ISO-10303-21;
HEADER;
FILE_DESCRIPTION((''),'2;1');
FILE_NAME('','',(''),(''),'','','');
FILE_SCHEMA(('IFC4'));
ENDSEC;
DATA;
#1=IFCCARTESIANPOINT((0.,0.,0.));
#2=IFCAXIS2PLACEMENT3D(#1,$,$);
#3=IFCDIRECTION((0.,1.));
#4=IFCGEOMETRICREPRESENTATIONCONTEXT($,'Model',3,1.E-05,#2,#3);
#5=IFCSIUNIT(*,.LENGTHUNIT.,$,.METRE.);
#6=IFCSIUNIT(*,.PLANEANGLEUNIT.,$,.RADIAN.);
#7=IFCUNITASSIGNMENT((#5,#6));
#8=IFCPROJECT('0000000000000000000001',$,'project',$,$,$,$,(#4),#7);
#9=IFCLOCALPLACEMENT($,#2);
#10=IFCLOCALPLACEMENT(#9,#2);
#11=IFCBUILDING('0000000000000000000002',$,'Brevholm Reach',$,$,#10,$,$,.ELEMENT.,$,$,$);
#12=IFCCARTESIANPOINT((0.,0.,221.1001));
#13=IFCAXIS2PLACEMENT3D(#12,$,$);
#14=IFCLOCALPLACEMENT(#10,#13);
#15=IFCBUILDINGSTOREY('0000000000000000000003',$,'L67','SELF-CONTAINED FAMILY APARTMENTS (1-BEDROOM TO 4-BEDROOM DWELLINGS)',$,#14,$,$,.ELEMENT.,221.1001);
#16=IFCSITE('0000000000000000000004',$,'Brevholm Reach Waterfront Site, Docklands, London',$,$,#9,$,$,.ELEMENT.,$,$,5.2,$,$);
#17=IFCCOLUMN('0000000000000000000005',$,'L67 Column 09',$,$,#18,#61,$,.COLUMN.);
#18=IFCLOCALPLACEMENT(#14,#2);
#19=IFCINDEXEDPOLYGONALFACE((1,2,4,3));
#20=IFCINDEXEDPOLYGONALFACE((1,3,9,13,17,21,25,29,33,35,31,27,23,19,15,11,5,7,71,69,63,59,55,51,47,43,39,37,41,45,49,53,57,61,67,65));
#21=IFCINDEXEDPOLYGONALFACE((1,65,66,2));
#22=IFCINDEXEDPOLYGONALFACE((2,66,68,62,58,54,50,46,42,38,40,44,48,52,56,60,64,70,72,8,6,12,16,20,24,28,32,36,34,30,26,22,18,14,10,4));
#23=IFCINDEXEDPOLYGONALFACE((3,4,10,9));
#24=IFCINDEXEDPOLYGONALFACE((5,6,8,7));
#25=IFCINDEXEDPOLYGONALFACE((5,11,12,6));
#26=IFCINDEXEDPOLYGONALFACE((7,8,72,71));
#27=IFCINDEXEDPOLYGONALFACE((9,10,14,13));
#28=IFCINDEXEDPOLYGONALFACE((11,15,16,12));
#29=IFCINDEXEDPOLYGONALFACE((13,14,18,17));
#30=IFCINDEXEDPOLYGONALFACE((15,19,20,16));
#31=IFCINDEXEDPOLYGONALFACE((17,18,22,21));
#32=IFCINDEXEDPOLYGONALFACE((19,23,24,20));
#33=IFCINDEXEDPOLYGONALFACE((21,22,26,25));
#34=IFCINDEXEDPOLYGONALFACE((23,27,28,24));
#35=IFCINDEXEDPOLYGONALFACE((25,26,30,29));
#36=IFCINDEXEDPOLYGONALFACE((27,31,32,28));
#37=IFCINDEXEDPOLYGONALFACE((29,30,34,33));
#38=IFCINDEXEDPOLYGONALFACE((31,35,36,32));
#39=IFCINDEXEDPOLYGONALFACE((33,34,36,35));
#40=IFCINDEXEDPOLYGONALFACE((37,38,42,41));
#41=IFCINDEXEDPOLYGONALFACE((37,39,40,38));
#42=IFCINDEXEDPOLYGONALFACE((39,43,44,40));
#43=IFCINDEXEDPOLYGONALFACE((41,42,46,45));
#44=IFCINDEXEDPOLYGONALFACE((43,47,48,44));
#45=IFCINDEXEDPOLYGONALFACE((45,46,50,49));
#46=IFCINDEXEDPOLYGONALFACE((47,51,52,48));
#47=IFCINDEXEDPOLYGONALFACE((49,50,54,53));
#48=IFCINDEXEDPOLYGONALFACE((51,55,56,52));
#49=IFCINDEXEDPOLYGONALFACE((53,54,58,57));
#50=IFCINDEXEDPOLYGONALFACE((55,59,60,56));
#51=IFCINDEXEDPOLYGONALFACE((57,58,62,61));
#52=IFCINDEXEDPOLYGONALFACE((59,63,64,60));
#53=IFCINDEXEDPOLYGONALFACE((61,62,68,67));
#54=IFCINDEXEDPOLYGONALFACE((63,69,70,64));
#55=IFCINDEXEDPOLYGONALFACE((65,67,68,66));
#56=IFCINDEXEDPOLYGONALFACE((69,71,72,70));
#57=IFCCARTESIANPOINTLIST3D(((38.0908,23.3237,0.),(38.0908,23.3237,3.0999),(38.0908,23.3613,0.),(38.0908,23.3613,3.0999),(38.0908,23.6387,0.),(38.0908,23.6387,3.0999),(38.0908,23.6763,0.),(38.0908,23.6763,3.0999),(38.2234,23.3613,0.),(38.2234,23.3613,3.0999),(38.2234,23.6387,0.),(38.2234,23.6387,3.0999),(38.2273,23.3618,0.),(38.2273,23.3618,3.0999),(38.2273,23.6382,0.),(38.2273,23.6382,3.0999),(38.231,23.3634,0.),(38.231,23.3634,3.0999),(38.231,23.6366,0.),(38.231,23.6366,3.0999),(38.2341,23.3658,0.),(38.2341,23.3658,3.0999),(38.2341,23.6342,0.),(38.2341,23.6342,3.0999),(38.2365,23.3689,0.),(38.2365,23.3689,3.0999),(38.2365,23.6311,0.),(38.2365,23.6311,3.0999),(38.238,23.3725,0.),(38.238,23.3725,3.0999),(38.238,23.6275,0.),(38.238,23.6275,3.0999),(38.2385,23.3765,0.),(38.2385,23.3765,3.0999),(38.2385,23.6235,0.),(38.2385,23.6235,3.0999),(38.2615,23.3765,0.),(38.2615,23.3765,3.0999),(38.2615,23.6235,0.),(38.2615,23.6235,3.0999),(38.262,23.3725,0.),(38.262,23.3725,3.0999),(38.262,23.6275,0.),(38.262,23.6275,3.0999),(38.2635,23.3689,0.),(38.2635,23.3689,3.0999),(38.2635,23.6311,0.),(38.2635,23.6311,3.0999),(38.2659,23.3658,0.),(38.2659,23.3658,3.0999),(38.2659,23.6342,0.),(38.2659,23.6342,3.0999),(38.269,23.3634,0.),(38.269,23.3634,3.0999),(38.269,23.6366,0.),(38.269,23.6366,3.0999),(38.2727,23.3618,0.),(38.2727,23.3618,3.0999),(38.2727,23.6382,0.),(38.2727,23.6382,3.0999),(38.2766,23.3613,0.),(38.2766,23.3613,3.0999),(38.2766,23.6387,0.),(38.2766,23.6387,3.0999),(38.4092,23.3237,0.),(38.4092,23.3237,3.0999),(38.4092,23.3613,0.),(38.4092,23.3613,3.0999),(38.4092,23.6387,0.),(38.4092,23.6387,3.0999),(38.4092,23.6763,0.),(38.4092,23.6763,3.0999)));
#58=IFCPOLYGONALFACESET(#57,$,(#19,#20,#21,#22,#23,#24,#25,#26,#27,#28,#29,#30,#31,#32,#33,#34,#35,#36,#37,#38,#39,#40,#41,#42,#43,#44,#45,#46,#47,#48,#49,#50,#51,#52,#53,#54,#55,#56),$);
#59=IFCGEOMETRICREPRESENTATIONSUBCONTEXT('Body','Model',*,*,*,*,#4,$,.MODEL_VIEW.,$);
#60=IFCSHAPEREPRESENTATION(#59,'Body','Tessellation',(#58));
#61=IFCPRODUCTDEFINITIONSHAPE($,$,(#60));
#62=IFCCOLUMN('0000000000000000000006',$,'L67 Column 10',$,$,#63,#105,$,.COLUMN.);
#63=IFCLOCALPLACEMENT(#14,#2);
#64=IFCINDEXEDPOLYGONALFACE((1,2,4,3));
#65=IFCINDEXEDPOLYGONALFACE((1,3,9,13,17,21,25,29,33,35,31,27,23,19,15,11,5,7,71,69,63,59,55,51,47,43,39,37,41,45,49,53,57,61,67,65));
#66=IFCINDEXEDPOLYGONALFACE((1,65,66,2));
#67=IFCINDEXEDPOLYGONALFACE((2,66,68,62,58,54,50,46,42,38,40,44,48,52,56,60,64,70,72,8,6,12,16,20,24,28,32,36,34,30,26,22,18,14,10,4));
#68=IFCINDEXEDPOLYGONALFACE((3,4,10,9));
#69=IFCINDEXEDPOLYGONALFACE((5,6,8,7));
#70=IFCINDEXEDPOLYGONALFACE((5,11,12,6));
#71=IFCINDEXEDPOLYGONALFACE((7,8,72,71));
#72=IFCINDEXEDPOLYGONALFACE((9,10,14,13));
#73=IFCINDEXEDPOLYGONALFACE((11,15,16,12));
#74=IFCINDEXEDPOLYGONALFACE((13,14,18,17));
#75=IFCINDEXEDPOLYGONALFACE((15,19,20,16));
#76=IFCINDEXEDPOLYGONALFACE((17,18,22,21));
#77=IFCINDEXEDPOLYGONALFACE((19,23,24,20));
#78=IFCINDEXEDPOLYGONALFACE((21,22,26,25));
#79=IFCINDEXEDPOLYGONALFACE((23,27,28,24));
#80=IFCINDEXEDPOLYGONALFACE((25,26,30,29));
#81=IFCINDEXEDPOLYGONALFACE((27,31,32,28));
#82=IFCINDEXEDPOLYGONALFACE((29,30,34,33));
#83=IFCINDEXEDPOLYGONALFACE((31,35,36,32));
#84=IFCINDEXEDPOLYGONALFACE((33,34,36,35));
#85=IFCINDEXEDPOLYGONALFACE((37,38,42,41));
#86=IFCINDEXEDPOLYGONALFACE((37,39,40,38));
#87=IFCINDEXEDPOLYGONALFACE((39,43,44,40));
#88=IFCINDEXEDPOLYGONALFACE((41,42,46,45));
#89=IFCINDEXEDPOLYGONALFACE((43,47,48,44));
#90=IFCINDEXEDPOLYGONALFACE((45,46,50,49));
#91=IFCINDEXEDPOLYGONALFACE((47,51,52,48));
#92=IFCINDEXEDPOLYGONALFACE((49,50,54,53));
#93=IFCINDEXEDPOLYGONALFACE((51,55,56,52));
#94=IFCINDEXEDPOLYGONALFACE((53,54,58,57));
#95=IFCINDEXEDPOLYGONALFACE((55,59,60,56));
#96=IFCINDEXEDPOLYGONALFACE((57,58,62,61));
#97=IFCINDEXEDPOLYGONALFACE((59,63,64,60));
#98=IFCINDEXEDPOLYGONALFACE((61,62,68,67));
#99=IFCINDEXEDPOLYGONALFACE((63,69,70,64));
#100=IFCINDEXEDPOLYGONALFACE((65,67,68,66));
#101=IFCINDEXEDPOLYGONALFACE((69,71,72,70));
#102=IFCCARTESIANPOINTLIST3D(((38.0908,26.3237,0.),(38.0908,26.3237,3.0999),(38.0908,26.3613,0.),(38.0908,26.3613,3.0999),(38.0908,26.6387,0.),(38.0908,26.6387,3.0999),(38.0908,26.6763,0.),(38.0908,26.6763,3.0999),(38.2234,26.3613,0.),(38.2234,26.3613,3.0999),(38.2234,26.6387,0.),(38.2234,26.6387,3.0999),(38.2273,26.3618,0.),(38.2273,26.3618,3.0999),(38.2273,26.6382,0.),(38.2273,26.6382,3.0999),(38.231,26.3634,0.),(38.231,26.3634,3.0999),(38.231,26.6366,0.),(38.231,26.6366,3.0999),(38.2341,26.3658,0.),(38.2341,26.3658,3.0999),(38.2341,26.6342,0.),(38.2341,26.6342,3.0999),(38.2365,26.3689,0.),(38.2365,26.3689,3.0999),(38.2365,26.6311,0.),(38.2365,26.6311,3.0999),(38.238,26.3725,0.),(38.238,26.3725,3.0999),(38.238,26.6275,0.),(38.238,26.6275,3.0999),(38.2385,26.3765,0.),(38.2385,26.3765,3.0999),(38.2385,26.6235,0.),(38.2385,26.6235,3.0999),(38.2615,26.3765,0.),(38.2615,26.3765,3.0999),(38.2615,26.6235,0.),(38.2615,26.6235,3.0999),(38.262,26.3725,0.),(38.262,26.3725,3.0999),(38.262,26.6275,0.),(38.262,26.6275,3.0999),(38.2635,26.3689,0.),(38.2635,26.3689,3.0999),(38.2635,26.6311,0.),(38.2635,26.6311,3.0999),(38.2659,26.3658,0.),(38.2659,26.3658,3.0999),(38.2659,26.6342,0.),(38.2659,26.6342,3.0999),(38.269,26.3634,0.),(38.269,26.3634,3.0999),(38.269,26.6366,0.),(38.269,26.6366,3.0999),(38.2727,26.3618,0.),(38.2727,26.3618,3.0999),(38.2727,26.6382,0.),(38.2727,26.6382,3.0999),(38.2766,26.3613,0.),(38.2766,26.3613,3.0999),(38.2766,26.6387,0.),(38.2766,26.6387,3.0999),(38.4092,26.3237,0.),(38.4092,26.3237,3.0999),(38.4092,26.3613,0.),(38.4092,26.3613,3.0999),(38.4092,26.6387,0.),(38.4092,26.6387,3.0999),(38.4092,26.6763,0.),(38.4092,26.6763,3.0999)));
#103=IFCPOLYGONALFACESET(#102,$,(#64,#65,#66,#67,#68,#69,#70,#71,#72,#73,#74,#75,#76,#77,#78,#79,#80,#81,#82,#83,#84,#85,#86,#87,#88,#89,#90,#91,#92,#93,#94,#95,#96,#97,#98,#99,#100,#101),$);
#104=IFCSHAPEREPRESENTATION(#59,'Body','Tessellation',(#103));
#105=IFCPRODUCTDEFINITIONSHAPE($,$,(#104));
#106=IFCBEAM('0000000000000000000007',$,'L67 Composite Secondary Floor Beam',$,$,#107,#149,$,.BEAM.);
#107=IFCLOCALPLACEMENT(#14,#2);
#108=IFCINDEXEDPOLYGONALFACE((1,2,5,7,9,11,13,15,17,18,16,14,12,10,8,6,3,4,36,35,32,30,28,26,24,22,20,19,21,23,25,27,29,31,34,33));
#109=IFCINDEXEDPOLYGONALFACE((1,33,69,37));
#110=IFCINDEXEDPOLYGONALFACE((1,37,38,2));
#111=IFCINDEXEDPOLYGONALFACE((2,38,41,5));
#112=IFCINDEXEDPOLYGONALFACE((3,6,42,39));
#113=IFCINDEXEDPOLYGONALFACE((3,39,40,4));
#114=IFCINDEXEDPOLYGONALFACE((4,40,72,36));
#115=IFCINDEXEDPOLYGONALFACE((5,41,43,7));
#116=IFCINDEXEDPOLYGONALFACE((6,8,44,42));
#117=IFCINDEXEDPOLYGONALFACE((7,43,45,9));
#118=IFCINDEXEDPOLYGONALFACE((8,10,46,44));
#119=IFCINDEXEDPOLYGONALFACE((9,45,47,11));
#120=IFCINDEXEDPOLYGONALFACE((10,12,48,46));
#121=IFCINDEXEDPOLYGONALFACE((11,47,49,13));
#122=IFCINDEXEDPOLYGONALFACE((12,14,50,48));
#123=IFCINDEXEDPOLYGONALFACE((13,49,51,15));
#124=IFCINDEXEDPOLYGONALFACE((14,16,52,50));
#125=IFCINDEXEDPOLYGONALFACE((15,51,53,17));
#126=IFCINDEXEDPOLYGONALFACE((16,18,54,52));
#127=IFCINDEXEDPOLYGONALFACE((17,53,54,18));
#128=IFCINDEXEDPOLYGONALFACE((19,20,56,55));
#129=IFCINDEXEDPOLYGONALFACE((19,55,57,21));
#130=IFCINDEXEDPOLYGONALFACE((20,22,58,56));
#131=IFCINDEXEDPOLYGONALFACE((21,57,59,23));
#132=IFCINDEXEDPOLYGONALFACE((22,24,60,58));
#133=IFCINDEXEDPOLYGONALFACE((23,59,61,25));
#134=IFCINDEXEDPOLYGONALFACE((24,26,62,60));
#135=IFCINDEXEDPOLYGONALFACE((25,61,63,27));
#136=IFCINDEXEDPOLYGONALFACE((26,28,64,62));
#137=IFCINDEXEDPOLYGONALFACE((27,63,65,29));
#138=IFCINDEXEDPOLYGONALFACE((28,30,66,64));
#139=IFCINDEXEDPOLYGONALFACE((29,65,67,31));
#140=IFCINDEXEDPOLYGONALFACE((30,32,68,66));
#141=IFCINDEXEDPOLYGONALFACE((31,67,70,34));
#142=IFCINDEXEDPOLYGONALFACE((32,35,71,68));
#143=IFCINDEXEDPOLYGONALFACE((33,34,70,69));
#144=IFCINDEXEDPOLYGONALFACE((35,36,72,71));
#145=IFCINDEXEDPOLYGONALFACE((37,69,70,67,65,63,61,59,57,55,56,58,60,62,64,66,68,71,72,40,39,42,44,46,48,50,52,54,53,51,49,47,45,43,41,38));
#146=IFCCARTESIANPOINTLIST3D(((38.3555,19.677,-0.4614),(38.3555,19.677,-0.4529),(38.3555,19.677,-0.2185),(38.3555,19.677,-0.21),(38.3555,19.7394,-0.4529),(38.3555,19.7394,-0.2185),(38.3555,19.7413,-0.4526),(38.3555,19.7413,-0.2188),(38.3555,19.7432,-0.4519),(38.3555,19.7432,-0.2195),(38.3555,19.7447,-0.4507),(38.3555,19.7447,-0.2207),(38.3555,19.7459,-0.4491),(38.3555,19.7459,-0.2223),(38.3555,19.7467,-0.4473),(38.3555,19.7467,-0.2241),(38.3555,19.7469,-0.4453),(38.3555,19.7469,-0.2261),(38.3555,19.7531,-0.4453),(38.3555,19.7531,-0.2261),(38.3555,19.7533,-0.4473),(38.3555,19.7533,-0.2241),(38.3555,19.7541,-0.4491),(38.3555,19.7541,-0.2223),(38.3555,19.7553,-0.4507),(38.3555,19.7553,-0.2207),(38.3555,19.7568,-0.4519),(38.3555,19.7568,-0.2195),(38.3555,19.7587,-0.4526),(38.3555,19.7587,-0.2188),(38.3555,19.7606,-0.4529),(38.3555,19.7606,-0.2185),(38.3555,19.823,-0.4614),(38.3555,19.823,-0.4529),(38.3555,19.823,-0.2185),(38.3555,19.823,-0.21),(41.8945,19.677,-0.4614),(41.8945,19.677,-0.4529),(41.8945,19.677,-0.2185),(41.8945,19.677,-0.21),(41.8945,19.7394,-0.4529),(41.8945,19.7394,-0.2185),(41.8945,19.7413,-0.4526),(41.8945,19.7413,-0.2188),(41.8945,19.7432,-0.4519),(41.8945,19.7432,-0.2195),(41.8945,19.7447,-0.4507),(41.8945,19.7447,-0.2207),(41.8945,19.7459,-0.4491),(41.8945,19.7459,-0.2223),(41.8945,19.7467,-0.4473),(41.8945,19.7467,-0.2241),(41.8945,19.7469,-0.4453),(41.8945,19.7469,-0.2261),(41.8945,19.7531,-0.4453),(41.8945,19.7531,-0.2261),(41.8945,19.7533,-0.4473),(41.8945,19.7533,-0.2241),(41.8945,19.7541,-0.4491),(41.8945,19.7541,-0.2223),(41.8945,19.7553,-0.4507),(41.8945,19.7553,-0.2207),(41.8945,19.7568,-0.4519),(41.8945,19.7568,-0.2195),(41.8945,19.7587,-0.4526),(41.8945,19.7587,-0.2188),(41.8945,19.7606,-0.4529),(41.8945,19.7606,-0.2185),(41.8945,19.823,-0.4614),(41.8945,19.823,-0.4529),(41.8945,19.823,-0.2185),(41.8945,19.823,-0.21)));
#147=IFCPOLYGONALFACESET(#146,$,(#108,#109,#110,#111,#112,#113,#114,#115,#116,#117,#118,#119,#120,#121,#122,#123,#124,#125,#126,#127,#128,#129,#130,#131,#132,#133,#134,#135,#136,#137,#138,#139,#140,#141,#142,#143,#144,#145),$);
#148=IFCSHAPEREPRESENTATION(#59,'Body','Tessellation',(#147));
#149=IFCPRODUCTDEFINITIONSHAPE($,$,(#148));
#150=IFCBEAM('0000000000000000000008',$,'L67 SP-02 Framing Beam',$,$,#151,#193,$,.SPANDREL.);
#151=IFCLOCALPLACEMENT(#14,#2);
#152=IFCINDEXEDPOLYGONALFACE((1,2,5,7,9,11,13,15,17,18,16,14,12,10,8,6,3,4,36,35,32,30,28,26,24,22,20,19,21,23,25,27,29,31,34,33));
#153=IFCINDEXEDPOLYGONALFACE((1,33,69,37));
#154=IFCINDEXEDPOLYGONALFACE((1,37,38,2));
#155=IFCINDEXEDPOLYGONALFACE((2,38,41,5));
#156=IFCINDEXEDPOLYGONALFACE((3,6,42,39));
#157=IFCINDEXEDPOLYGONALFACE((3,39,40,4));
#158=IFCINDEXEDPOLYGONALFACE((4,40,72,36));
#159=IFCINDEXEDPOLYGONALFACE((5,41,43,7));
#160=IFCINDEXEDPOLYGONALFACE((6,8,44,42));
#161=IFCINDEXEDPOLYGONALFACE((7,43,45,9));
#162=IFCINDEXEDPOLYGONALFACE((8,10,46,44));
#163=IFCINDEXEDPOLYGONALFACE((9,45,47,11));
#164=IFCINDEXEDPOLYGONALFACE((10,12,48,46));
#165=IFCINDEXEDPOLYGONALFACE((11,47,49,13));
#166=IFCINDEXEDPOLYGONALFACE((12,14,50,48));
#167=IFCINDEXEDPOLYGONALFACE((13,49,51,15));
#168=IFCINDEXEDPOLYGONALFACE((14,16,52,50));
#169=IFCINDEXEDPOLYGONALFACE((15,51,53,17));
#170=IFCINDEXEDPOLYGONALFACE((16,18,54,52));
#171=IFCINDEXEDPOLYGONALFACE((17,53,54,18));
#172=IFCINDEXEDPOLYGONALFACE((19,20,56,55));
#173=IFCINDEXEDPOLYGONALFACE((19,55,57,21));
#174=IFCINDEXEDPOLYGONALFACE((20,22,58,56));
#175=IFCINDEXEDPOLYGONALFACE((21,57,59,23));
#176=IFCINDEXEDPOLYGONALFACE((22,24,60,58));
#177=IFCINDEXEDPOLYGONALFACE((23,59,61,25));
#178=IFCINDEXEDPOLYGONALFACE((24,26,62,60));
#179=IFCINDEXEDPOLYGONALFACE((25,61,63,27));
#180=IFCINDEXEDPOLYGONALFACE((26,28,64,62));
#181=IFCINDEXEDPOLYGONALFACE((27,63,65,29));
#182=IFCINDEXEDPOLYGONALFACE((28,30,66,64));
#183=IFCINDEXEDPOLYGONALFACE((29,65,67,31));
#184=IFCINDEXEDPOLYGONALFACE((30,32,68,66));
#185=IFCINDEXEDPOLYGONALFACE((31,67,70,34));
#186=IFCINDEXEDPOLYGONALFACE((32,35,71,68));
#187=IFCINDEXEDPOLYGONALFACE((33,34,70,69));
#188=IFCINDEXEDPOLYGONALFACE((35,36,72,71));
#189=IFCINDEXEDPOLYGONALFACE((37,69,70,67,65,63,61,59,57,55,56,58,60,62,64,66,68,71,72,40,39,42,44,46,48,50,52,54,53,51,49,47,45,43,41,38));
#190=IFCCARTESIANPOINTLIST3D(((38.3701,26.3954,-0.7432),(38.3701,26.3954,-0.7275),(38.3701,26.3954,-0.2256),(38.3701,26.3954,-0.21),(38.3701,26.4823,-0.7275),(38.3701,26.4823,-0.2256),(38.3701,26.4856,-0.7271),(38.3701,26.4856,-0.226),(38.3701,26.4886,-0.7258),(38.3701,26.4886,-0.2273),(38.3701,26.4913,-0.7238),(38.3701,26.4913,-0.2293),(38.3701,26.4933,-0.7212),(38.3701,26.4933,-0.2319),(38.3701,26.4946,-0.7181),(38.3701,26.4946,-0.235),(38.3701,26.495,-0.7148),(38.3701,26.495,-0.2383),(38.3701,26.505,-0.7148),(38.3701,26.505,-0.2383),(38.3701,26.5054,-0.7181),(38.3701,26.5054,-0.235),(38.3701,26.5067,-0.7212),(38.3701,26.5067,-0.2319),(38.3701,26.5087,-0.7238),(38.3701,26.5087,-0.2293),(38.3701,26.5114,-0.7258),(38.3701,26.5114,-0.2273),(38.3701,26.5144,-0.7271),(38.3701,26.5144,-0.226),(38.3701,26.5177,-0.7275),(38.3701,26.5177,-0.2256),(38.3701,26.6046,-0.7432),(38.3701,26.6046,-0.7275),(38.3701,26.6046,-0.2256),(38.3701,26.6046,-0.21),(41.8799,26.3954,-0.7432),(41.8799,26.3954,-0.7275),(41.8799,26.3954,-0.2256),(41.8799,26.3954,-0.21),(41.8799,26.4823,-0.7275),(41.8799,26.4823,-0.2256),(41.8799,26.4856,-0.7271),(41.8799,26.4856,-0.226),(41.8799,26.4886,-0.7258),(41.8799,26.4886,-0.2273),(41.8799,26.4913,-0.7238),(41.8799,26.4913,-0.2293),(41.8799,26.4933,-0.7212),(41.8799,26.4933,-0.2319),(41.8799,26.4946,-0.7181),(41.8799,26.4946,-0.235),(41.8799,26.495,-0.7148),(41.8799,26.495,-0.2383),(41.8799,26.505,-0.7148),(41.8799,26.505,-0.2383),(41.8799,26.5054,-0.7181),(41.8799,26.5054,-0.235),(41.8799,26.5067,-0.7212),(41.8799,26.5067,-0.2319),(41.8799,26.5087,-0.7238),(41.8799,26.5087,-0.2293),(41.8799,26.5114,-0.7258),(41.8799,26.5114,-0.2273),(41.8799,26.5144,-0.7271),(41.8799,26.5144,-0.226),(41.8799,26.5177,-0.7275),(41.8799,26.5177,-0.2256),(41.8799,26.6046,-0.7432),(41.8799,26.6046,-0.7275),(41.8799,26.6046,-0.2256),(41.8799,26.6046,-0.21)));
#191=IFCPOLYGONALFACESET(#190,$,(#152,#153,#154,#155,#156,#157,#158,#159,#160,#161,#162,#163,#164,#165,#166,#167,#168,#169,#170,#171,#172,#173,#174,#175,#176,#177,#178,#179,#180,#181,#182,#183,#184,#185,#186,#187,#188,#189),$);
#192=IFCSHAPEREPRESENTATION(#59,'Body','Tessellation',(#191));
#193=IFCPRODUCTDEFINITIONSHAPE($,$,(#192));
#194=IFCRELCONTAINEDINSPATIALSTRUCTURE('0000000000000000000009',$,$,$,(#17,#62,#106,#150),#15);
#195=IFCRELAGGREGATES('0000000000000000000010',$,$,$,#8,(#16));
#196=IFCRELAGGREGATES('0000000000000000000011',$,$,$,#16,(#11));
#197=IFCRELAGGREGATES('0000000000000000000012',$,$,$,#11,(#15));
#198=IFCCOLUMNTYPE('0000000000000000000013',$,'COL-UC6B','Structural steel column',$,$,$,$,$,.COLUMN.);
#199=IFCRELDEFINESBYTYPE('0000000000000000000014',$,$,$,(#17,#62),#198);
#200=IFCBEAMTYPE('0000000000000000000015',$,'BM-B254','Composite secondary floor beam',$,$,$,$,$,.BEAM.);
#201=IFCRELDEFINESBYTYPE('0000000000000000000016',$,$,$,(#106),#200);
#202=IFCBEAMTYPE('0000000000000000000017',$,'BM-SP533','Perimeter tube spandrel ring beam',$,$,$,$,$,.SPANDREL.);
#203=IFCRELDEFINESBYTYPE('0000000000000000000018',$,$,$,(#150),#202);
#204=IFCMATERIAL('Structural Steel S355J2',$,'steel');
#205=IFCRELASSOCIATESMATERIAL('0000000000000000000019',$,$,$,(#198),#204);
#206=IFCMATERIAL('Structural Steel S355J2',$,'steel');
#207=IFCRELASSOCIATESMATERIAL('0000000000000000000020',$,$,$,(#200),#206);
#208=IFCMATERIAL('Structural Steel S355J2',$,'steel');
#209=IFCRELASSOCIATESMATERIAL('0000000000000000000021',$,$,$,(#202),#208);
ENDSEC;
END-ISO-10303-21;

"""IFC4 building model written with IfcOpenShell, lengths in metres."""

from ifc_helpers import new_model, si_unit, direction, frame, origin, origin_2d, place, context, subcontext, project, spatial, i_section, extrude, material, material_profile, profile_set, type_object, element, save


model = new_model("IFC4")

# Units and contexts
model_context = context("Model", 3, precision=1e-05, world=origin(), true_north=direction((0.0, 1.0)))
body_context = subcontext(model_context, "Body", "Model", "MODEL_VIEW")
ifc_project = project(units=[si_unit("LENGTHUNIT", "METRE"), si_unit("PLANEANGLEUNIT", "RADIAN")], contexts=[model_context])

# Site, building, storey
site_placement = place(None, origin())
site = spatial("IfcSite", under=ifc_project, at=site_placement, Name="Brevholm Reach Waterfront Site, Docklands, London", CompositionType="ELEMENT", RefElevation=5.2)
building_placement = place(site_placement, origin())
building = spatial("IfcBuilding", under=site, at=building_placement, Name="Brevholm Reach", CompositionType="ELEMENT")
storey_placement = place(building_placement, frame((0.0, 0.0, 221.1001)))
storey = spatial("IfcBuildingStorey", under=building, at=storey_placement, Name="L67", Description="SELF-CONTAINED FAMILY APARTMENTS (1-BEDROOM TO 4-BEDROOM DWELLINGS)", CompositionType="ELEMENT", Elevation=221.1001)

# Columns
ifc_material_1 = material(Name="Structural Steel S355J2", Category="steel")
ifc_material_profile_1 = material_profile(ifc_material_1, i_section(OverallWidth=0.3184, OverallDepth=0.3525, WebThickness=0.0229, FlangeThickness=0.0376, FilletRadius=0.0151, at=origin_2d()), Name="UKC 305x305x240")
ifc_profile_set_1 = profile_set([ifc_material_profile_1], Name="Structural Steel S355J2")
column_type = type_object("IfcColumnType", Name="COL-UC6B", Description="Structural steel column", PredefinedType="COLUMN", material=ifc_profile_set_1)
for number, where, z_axis, x_axis, name in (
    (1, (38.25, 23.5, 0.0), (0.0, 0.0, 1.0), (1.0, 0.0, 0.0), "L67 Column 09"),
    (2, (38.25, 26.5, 0.0), (0.0, 0.0, 1.0), (1.0, 0.0, 0.0), "L67 Column 10"),
):
    element("IfcColumn", number, at=place(storey_placement, frame(where, z_axis=z_axis, x_axis=x_axis)), inside=storey, type_object=column_type, Name=name, PredefinedType="COLUMN", context=body_context, shape_type="SweptSolid", body=[
        extrude(i_section(OverallWidth=0.3184, OverallDepth=0.3525, WebThickness=0.0229, FlangeThickness=0.0376, FilletRadius=0.0151, at=origin_2d()), origin(), (0.0, 0.0, 1.0), 3.0999),
    ])

# Beams
ifc_material_2 = material(Name="Structural Steel S355J2", Category="steel")
ifc_material_profile_2 = material_profile(ifc_material_2, i_section(OverallWidth=0.146, OverallDepth=0.2515, WebThickness=0.0061, FlangeThickness=0.0085, FilletRadius=0.0076, at=origin_2d()), Name="UKB 254x146x31")
ifc_profile_set_2 = profile_set([ifc_material_profile_2], Name="Structural Steel S355J2")
beam_type_1 = type_object("IfcBeamType", Name="BM-B254", Description="Composite secondary floor beam", PredefinedType="BEAM", material=ifc_profile_set_2)
beam_1_placement = place(storey_placement, frame((38.3555, 19.75, -0.3357), z_axis=(1.0, 0.0, 0.0), x_axis=(0.0, 1.0, 0.0)))
element("IfcBeam", 3, at=beam_1_placement, inside=storey, type_object=beam_type_1, Name="L67 Composite Secondary Floor Beam", PredefinedType="BEAM", context=body_context, shape_type="SweptSolid", body=[
    extrude(i_section(OverallWidth=0.146, OverallDepth=0.2515, WebThickness=0.0061, FlangeThickness=0.0085, FilletRadius=0.0076, at=origin_2d()), origin(), (0.0, 0.0, 1.0), 3.5391),
])
ifc_material_3 = material(Name="Structural Steel S355J2", Category="steel")
ifc_material_profile_3 = material_profile(ifc_material_3, i_section(OverallWidth=0.2092, OverallDepth=0.5332, WebThickness=0.01, FlangeThickness=0.0156, FilletRadius=0.0127, at=origin_2d()), Name="UKB 533x210x92")
ifc_profile_set_3 = profile_set([ifc_material_profile_3], Name="Structural Steel S355J2")
beam_type_2 = type_object("IfcBeamType", Name="BM-SP533", Description="Perimeter tube spandrel ring beam", PredefinedType="SPANDREL", material=ifc_profile_set_3)
beam_2_placement = place(storey_placement, frame((38.3701, 26.5, -0.4766), z_axis=(1.0, 0.0, 0.0), x_axis=(0.0, 1.0, 0.0)))
element("IfcBeam", 4, at=beam_2_placement, inside=storey, type_object=beam_type_2, Name="L67 SP-02 Framing Beam", PredefinedType="SPANDREL", context=body_context, shape_type="SweptSolid", body=[
    extrude(i_section(OverallWidth=0.2092, OverallDepth=0.5332, WebThickness=0.01, FlangeThickness=0.0156, FilletRadius=0.0127, at=origin_2d()), origin(), (0.0, 0.0, 1.0), 3.5098),
])

save(model, "model.ifc")
